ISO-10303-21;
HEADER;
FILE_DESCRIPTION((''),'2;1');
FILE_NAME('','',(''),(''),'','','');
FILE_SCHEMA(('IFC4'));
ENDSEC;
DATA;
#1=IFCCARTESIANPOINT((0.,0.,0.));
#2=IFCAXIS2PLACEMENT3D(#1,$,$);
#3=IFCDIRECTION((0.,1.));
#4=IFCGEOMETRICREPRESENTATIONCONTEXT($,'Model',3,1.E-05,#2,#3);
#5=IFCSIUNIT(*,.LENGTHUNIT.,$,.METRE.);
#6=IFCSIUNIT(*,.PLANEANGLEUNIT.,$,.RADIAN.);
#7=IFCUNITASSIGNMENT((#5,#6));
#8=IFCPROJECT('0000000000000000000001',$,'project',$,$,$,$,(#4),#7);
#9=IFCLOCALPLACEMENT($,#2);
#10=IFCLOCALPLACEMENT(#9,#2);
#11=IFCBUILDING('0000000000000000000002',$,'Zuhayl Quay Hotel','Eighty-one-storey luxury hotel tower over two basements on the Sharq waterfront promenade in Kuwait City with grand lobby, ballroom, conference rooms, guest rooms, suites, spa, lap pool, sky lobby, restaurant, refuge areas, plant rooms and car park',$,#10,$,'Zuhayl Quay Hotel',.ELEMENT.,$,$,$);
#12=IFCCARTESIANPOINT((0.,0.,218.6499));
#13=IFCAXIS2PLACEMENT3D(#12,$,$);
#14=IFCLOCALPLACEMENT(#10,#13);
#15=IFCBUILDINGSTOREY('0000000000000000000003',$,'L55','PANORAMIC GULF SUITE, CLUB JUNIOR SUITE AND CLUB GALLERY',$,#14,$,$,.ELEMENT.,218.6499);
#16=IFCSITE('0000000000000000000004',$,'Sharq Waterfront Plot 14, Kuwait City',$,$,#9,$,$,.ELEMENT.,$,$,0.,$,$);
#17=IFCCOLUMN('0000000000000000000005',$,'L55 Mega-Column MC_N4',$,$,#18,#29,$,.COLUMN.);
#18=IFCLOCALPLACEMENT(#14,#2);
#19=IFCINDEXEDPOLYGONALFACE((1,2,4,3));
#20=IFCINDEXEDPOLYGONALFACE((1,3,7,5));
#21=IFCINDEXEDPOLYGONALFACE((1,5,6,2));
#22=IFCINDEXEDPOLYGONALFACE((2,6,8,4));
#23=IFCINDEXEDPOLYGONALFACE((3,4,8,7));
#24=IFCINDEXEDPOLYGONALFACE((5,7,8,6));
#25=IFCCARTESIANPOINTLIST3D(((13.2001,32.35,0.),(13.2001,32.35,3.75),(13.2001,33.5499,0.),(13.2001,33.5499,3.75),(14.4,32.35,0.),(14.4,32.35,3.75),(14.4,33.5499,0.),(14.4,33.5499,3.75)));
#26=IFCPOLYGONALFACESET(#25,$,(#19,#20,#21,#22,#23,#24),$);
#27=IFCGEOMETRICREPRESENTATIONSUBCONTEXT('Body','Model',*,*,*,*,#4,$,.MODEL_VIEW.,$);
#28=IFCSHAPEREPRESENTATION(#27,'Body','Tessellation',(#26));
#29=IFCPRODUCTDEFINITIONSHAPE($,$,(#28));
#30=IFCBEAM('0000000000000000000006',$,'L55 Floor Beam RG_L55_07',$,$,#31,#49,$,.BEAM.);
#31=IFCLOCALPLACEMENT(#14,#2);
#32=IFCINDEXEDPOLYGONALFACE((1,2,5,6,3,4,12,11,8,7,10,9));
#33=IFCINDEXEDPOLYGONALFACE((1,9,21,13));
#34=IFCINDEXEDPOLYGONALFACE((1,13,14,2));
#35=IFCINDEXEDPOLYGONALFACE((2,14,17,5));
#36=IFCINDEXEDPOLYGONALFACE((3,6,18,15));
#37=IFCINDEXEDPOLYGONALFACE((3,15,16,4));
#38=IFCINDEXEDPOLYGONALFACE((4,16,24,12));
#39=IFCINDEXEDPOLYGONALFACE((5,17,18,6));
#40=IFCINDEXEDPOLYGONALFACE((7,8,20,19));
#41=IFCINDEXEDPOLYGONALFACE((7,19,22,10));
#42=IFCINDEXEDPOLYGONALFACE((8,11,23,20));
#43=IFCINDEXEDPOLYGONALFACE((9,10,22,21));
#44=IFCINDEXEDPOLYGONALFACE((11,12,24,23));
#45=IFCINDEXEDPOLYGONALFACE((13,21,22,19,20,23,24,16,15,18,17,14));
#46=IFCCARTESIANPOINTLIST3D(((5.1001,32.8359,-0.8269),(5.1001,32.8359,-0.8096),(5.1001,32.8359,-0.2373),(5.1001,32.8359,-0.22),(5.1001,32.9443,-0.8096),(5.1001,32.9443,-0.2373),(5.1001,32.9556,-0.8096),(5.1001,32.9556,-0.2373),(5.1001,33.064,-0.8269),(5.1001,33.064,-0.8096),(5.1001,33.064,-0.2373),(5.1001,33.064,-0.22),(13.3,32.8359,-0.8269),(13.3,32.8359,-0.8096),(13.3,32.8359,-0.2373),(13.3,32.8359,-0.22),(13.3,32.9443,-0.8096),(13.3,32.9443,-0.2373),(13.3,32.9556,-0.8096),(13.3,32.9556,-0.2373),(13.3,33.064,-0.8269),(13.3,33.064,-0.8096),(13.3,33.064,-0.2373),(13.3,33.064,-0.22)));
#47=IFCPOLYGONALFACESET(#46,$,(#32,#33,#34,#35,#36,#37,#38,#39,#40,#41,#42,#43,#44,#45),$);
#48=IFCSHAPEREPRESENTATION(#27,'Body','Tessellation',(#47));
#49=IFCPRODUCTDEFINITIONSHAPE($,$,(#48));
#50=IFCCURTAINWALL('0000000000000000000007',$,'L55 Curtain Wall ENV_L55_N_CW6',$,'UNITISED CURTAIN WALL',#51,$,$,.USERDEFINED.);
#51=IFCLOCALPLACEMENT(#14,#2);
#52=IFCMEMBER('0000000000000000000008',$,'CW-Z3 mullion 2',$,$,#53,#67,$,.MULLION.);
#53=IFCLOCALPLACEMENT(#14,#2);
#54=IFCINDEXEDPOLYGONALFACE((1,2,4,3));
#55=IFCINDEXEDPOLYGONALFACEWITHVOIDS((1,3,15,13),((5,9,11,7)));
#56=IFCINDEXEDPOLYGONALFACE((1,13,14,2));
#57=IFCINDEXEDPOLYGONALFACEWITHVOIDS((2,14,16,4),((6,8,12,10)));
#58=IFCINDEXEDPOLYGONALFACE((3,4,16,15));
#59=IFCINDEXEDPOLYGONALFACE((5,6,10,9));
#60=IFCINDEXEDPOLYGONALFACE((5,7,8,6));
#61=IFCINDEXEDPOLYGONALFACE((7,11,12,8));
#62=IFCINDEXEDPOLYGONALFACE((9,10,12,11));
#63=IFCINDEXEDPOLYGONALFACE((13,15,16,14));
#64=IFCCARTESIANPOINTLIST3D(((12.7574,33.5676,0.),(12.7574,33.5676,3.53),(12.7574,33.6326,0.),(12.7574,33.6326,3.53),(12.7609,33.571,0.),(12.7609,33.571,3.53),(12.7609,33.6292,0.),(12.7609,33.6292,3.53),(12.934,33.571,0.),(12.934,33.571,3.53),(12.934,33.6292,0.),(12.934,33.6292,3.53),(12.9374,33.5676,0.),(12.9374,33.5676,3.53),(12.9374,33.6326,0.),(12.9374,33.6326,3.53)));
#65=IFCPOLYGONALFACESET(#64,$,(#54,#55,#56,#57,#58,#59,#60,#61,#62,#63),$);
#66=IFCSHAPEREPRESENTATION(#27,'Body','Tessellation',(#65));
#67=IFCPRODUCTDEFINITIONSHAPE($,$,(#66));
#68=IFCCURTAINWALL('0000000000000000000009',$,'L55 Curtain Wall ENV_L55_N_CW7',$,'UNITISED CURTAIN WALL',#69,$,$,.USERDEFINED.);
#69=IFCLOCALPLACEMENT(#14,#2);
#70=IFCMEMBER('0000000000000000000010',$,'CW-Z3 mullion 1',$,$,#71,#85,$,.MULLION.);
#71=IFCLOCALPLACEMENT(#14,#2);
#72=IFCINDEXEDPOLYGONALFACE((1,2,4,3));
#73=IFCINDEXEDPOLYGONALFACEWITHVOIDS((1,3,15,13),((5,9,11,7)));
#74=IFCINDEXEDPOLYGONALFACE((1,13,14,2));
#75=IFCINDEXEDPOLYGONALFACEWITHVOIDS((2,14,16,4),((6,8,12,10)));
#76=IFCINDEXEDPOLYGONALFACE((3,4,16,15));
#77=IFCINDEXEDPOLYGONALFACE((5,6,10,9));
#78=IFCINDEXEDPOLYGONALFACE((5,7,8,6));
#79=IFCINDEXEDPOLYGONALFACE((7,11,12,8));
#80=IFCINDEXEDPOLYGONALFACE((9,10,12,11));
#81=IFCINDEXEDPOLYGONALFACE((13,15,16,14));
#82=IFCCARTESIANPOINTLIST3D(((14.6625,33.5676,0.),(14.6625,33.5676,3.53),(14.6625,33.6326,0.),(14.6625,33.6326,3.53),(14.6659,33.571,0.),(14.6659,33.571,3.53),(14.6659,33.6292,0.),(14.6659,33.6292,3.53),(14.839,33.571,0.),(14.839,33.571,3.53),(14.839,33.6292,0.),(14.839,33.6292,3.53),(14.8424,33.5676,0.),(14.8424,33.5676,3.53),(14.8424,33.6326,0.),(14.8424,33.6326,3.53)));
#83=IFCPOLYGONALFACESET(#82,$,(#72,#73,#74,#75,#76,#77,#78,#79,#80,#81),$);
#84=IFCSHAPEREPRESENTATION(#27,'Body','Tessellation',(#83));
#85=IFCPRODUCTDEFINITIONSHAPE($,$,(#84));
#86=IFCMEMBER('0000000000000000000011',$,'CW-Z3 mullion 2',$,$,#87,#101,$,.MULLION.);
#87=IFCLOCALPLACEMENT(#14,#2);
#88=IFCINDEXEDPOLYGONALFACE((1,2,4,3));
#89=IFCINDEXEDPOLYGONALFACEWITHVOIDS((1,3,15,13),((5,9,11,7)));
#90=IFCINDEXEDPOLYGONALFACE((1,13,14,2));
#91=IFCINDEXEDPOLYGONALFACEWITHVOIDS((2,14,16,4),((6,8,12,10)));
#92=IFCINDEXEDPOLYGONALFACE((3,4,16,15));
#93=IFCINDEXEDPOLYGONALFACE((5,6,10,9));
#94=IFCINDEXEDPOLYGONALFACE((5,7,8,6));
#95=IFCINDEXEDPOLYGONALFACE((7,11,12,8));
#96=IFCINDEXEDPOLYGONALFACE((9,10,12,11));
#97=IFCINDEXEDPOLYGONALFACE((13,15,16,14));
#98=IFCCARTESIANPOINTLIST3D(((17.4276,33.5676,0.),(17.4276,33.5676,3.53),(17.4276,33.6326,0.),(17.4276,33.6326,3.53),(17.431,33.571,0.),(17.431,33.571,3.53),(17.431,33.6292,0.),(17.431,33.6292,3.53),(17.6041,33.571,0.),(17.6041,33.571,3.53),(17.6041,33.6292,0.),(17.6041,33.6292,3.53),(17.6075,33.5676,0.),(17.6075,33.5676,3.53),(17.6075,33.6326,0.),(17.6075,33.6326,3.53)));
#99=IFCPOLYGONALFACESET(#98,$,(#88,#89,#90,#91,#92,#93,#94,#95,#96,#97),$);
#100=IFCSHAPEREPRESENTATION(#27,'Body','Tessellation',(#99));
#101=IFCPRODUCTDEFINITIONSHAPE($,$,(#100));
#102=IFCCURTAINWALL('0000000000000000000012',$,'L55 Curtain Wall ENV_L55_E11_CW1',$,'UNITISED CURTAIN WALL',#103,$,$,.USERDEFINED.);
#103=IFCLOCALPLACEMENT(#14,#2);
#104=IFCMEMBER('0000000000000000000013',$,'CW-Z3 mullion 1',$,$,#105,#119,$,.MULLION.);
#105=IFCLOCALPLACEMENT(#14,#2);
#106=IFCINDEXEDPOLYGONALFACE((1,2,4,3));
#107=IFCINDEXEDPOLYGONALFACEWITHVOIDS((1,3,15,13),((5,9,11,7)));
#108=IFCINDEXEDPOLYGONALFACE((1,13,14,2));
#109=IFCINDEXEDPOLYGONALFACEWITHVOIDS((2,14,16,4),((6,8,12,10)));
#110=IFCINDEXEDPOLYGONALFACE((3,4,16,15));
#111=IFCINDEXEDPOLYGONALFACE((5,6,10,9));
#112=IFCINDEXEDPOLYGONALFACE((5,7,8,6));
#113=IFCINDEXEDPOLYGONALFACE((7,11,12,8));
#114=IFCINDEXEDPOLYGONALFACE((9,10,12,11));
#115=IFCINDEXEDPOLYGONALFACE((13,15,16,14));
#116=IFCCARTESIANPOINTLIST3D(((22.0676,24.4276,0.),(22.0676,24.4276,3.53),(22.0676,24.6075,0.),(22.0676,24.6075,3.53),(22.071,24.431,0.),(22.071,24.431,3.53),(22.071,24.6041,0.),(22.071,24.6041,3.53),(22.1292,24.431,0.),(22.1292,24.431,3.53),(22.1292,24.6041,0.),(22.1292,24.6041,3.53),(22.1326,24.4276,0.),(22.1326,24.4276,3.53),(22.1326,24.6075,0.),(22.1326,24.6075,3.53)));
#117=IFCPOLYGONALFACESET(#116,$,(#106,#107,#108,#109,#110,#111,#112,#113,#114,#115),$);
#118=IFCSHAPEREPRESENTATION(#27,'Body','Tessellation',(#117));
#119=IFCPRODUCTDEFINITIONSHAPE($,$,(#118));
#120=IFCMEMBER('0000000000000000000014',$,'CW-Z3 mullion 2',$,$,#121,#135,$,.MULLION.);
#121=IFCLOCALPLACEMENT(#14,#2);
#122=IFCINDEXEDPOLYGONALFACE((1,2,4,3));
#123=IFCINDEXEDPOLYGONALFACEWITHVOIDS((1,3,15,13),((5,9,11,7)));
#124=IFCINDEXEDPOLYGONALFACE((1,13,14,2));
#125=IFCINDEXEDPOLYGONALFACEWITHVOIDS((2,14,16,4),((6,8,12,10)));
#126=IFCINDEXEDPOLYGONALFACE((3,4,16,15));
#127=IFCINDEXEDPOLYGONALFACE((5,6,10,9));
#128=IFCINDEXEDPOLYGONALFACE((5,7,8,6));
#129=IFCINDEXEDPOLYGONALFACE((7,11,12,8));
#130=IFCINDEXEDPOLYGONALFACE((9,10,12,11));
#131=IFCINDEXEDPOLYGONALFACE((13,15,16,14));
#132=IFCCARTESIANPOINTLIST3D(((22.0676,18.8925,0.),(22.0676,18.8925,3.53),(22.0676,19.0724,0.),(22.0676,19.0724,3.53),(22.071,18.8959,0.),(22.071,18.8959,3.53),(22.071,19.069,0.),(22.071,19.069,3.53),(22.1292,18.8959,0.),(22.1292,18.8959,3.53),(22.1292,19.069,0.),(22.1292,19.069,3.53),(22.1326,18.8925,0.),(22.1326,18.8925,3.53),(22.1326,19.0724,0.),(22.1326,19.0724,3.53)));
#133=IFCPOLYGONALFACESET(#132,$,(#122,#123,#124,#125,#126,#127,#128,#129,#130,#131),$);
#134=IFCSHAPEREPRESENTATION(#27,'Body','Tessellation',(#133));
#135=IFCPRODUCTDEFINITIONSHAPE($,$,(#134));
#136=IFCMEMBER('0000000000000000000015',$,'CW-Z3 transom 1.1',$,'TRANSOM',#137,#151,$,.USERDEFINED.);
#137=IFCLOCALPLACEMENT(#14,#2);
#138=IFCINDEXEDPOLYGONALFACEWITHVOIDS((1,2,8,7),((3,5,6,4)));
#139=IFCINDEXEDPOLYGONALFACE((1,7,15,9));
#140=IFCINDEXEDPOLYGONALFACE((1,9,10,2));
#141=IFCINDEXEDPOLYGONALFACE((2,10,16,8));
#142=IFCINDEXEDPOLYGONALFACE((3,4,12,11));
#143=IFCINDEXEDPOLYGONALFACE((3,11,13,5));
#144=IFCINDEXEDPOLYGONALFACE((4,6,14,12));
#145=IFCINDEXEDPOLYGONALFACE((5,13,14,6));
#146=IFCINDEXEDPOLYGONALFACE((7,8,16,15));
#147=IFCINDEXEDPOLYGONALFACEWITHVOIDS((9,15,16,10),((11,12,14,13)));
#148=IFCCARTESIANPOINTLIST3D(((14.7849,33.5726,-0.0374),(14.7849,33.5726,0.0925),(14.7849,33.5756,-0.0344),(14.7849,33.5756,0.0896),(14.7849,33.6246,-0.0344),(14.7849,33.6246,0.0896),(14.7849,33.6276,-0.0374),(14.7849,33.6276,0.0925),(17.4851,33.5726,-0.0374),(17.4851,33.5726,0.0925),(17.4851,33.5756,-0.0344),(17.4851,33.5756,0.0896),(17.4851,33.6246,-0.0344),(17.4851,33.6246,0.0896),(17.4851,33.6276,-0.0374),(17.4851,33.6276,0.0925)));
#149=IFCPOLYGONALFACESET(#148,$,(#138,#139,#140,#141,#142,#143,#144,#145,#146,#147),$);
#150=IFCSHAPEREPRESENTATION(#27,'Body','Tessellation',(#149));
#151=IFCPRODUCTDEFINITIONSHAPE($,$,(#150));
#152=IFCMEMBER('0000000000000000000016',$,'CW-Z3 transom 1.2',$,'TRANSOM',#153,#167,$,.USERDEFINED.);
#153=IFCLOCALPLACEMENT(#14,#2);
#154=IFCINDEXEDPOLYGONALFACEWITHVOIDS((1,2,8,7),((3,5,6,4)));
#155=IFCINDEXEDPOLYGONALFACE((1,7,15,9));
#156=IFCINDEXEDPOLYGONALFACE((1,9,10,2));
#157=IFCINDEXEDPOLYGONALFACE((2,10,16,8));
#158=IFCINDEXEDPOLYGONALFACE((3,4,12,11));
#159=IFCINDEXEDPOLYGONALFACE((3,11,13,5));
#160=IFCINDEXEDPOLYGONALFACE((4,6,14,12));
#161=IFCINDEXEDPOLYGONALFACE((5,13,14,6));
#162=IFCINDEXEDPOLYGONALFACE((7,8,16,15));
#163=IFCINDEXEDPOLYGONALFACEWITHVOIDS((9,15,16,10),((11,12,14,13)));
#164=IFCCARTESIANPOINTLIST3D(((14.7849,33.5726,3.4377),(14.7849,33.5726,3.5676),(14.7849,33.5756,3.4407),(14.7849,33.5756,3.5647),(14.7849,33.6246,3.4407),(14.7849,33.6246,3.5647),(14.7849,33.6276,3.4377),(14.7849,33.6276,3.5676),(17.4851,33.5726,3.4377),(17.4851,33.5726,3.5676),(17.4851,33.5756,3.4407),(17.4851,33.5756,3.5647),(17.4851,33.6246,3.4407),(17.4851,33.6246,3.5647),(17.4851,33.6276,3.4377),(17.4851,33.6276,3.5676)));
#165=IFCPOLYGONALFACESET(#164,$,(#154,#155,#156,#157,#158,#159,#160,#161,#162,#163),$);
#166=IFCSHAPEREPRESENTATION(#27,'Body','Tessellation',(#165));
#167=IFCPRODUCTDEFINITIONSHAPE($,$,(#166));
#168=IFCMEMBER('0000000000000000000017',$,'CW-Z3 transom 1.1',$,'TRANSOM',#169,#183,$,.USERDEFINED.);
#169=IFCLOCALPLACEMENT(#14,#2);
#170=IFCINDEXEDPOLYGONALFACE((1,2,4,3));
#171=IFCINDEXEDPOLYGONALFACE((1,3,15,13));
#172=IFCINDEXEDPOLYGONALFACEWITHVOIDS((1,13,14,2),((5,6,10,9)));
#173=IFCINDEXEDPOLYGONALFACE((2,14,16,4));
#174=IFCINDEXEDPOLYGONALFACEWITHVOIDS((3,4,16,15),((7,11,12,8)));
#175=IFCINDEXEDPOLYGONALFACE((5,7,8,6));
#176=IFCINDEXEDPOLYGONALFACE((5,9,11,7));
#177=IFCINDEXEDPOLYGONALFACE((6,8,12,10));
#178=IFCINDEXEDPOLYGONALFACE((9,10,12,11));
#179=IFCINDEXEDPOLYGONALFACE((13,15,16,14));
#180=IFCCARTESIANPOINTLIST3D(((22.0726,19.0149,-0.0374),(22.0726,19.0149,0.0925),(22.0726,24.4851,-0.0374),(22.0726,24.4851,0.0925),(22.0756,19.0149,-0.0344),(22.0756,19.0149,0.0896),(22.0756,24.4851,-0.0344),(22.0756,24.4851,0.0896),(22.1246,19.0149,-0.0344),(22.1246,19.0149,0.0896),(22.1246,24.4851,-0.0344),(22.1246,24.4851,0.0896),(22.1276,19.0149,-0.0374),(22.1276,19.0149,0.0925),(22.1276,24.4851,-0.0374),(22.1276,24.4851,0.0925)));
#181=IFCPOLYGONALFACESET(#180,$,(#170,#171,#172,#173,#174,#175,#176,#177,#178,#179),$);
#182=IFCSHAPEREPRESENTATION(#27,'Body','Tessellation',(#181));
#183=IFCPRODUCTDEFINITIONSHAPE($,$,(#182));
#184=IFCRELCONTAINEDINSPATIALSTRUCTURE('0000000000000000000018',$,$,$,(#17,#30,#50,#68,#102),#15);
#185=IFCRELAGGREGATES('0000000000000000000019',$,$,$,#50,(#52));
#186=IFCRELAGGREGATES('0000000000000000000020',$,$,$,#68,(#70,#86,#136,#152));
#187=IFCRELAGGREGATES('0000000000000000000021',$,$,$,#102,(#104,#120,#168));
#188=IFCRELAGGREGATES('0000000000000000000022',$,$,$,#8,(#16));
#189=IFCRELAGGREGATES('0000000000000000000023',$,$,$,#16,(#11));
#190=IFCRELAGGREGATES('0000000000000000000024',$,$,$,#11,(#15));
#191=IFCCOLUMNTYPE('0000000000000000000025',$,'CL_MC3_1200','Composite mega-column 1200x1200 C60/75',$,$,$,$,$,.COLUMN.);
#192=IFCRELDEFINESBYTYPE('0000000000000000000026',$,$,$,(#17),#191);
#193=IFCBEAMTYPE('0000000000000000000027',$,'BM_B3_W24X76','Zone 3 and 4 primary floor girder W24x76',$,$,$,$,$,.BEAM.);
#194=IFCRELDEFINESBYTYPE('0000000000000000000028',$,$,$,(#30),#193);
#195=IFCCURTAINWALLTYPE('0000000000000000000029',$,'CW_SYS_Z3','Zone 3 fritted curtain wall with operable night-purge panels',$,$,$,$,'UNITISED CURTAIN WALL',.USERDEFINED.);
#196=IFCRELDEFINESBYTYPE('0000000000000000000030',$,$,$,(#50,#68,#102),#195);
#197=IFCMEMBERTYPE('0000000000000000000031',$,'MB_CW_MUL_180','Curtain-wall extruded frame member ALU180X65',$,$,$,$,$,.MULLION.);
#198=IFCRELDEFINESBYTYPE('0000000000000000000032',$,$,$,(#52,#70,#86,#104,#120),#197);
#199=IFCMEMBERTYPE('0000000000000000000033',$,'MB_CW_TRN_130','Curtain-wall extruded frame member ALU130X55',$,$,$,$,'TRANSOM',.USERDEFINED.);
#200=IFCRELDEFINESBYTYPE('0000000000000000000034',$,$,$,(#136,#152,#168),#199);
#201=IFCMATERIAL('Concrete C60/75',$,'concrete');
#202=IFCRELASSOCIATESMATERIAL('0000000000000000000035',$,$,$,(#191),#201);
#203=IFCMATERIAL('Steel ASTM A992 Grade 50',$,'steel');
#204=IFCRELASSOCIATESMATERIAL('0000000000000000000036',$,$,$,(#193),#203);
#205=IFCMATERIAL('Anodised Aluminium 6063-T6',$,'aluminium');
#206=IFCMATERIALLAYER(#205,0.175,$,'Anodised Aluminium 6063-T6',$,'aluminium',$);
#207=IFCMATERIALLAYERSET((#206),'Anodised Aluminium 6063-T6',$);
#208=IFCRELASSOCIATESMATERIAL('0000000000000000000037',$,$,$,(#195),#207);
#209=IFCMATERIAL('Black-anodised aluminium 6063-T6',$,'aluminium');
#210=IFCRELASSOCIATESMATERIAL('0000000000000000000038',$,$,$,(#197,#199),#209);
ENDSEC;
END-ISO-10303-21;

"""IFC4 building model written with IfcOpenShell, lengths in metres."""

from ifc_helpers import new_model, si_unit, direction, frame, origin, origin_2d, place, context, subcontext, project, spatial, rectangle, hollow_rectangle, i_section, extrude, material, layer, layer_set, material_profile, profile_set, type_object, element, aggregate, save


model = new_model("IFC4")

# Units and contexts
model_context = context("Model", 3, precision=1e-05, world=origin(), true_north=direction((0.0, 1.0)))
body_context = subcontext(model_context, "Body", "Model", "MODEL_VIEW")
ifc_project = project(units=[si_unit("LENGTHUNIT", "METRE"), si_unit("PLANEANGLEUNIT", "RADIAN")], contexts=[model_context])

# Site, building, storey
site_placement = place(None, origin())
site = spatial("IfcSite", under=ifc_project, at=site_placement, Name="Sharq Waterfront Plot 14, Kuwait City", CompositionType="ELEMENT", RefElevation=0.0)
building_placement = place(site_placement, origin())
building = spatial("IfcBuilding", under=site, at=building_placement, Name="Zuhayl Quay Hotel", Description="Eighty-one-storey luxury hotel tower over two basements on the Sharq waterfront promenade in Kuwait City with grand lobby, ballroom, conference rooms, guest rooms, suites, spa, lap pool, sky lobby, restaurant, refuge areas, plant rooms and car park", LongName="Zuhayl Quay Hotel", CompositionType="ELEMENT")
storey_placement = place(building_placement, frame((0.0, 0.0, 218.6499)))
storey = spatial("IfcBuildingStorey", under=building, at=storey_placement, Name="L55", Description="PANORAMIC GULF SUITE, CLUB JUNIOR SUITE AND CLUB GALLERY", CompositionType="ELEMENT", Elevation=218.6499)

# Column
ifc_material_1 = material(Name="Concrete C60/75", Category="concrete")
ifc_material_profile_1 = material_profile(ifc_material_1, rectangle(XDim=1.2, YDim=1.2, at=origin_2d()), Name="RC1200X1200")
ifc_profile_set_1 = profile_set([ifc_material_profile_1], Name="Concrete C60/75")
column_type = type_object("IfcColumnType", Name="CL_MC3_1200", Description="Composite mega-column 1200x1200 C60/75", PredefinedType="COLUMN", material=ifc_profile_set_1)
column_placement = place(storey_placement, frame((13.8, 32.95, 0.0), z_axis=(0.0, 0.0, 1.0), x_axis=(1.0, 0.0, 0.0)))
element("IfcColumn", 1, at=column_placement, inside=storey, type_object=column_type, Name="L55 Mega-Column MC_N4", PredefinedType="COLUMN", context=body_context, shape_type="SweptSolid", body=[
    extrude(rectangle(XDim=1.2, YDim=1.2, at=origin_2d()), origin(), (0.0, 0.0, 1.0), 3.75),
])

# Beam
ifc_material_2 = material(Name="Steel ASTM A992 Grade 50", Category="steel")
ifc_material_profile_2 = material_profile(ifc_material_2, i_section(OverallWidth=0.228, OverallDepth=0.6069, WebThickness=0.0112, FlangeThickness=0.0173, at=origin_2d()), Name="W24X76")
ifc_profile_set_2 = profile_set([ifc_material_profile_2], Name="Steel ASTM A992 Grade 50")
beam_type = type_object("IfcBeamType", Name="BM_B3_W24X76", Description="Zone 3 and 4 primary floor girder W24x76", PredefinedType="BEAM", material=ifc_profile_set_2)
beam_placement = place(storey_placement, frame((13.3, 32.95, -0.5234), z_axis=(-1.0, 0.0, 0.0), x_axis=(0.0, -1.0, 0.0)))
element("IfcBeam", 2, at=beam_placement, inside=storey, type_object=beam_type, Name="L55 Floor Beam RG_L55_07", PredefinedType="BEAM", context=body_context, shape_type="SweptSolid", body=[
    extrude(i_section(OverallWidth=0.228, OverallDepth=0.6069, WebThickness=0.0112, FlangeThickness=0.0173, at=origin_2d()), origin(), (0.0, 0.0, 1.0), 8.2),
])

# Curtain wall, member
ifc_material_3 = material(Name="Anodised Aluminium 6063-T6", Category="aluminium")
ifc_layer_1 = layer(ifc_material_3, 0.175, Name="Anodised Aluminium 6063-T6", Category="aluminium")
ifc_layer_set_1 = layer_set([ifc_layer_1], Name="Anodised Aluminium 6063-T6")
curtain_wall_type = type_object("IfcCurtainWallType", Name="CW_SYS_Z3", Description="Zone 3 fritted curtain wall with operable night-purge panels", ElementType="UNITISED CURTAIN WALL", PredefinedType="USERDEFINED", material=ifc_layer_set_1)
curtain_wall_1_placement = place(storey_placement, origin())
curtain_wall_1 = element("IfcCurtainWall", 3, at=curtain_wall_1_placement, inside=storey, type_object=curtain_wall_type, Name="L55 Curtain Wall ENV_L55_N_CW6", ObjectType="UNITISED CURTAIN WALL", PredefinedType="USERDEFINED")
ifc_material_4 = material(Name="Black-anodised aluminium 6063-T6", Category="aluminium")
ifc_material_profile_3 = material_profile(ifc_material_4, hollow_rectangle(XDim=0.0649, YDim=0.1799, WallThickness=0.0034, at=origin_2d()), Name="ALU180X65")
ifc_profile_set_3 = profile_set([ifc_material_profile_3], Name="Black-anodised aluminium 6063-T6")
member_type_1 = type_object("IfcMemberType", Name="MB_CW_MUL_180", Description="Curtain-wall extruded frame member ALU180X65", PredefinedType="MULLION", material=ifc_profile_set_3)
member_1_placement = place(storey_placement, frame((12.8474, 33.6001, 0.0), z_axis=(0.0, 0.0, 1.0), x_axis=(0.0, 1.0, 0.0)))
member_1 = element("IfcMember", 4, at=member_1_placement, type_object=member_type_1, Name="CW-Z3 mullion 2", PredefinedType="MULLION", context=body_context, shape_type="SweptSolid", body=[
    extrude(hollow_rectangle(XDim=0.0649, YDim=0.1799, WallThickness=0.0034, at=origin_2d()), origin(), (0.0, 0.0, 1.0), 3.53),
])

# Curtain walls, members
curtain_wall_2_placement = place(storey_placement, origin())
curtain_wall_2 = element("IfcCurtainWall", 5, at=curtain_wall_2_placement, inside=storey, type_object=curtain_wall_type, Name="L55 Curtain Wall ENV_L55_N_CW7", ObjectType="UNITISED CURTAIN WALL", PredefinedType="USERDEFINED")
member_2_placement = place(storey_placement, frame((14.7524, 33.6001, 0.0), z_axis=(0.0, 0.0, 1.0), x_axis=(0.0, 1.0, 0.0)))
member_2 = element("IfcMember", 6, at=member_2_placement, type_object=member_type_1, Name="CW-Z3 mullion 1", PredefinedType="MULLION", context=body_context, shape_type="SweptSolid", body=[
    extrude(hollow_rectangle(XDim=0.0649, YDim=0.1799, WallThickness=0.0034, at=origin_2d()), origin(), (0.0, 0.0, 1.0), 3.53),
])
member_3_placement = place(storey_placement, frame((17.5176, 33.6001, 0.0), z_axis=(0.0, 0.0, 1.0), x_axis=(0.0, 1.0, 0.0)))
member_3 = element("IfcMember", 7, at=member_3_placement, type_object=member_type_1, Name="CW-Z3 mullion 2", PredefinedType="MULLION", context=body_context, shape_type="SweptSolid", body=[
    extrude(hollow_rectangle(XDim=0.0649, YDim=0.1799, WallThickness=0.0034, at=origin_2d()), origin(), (0.0, 0.0, 1.0), 3.53),
])
curtain_wall_3_placement = place(storey_placement, origin())
curtain_wall_3 = element("IfcCurtainWall", 8, at=curtain_wall_3_placement, inside=storey, type_object=curtain_wall_type, Name="L55 Curtain Wall ENV_L55_E11_CW1", ObjectType="UNITISED CURTAIN WALL", PredefinedType="USERDEFINED")
member_4_placement = place(storey_placement, frame((22.1001, 24.5176, 0.0), z_axis=(0.0, 0.0, 1.0), x_axis=(1.0, 0.0, 0.0)))
member_4 = element("IfcMember", 9, at=member_4_placement, type_object=member_type_1, Name="CW-Z3 mullion 1", PredefinedType="MULLION", context=body_context, shape_type="SweptSolid", body=[
    extrude(hollow_rectangle(XDim=0.0649, YDim=0.1799, WallThickness=0.0034, at=origin_2d()), origin(), (0.0, 0.0, 1.0), 3.53),
])
member_5_placement = place(storey_placement, frame((22.1001, 18.9824, 0.0), z_axis=(0.0, 0.0, 1.0), x_axis=(1.0, 0.0, 0.0)))
member_5 = element("IfcMember", 10, at=member_5_placement, type_object=member_type_1, Name="CW-Z3 mullion 2", PredefinedType="MULLION", context=body_context, shape_type="SweptSolid", body=[
    extrude(hollow_rectangle(XDim=0.0649, YDim=0.1799, WallThickness=0.0034, at=origin_2d()), origin(), (0.0, 0.0, 1.0), 3.53),
])

# Members
ifc_material_profile_4 = material_profile(ifc_material_4, hollow_rectangle(XDim=0.0549, YDim=0.1299, WallThickness=0.0029, at=origin_2d()), Name="ALU130X55")
ifc_profile_set_4 = profile_set([ifc_material_profile_4], Name="Black-anodised aluminium 6063-T6")
member_type_2 = type_object("IfcMemberType", Name="MB_CW_TRN_130", Description="Curtain-wall extruded frame member ALU130X55", ElementType="TRANSOM", PredefinedType="USERDEFINED", material=ifc_profile_set_4)
member_6_placement = place(storey_placement, frame((14.7849, 33.6001, 0.0276), z_axis=(1.0, 0.0, 0.0), x_axis=(0.0, 1.0, 0.0)))
member_6 = element("IfcMember", 11, at=member_6_placement, type_object=member_type_2, Name="CW-Z3 transom 1.1", ObjectType="TRANSOM", PredefinedType="USERDEFINED", context=body_context, shape_type="SweptSolid", body=[
    extrude(hollow_rectangle(XDim=0.0549, YDim=0.1299, WallThickness=0.0029, at=origin_2d()), origin(), (0.0, 0.0, 1.0), 2.7002),
])
member_7_placement = place(storey_placement, frame((14.7849, 33.6001, 3.5027), z_axis=(1.0, 0.0, 0.0), x_axis=(0.0, 1.0, 0.0)))
member_7 = element("IfcMember", 12, at=member_7_placement, type_object=member_type_2, Name="CW-Z3 transom 1.2", ObjectType="TRANSOM", PredefinedType="USERDEFINED", context=body_context, shape_type="SweptSolid", body=[
    extrude(hollow_rectangle(XDim=0.0549, YDim=0.1299, WallThickness=0.0029, at=origin_2d()), origin(), (0.0, 0.0, 1.0), 2.7002),
])
member_8_placement = place(storey_placement, frame((22.1001, 24.4851, 0.0276), z_axis=(0.0, -1.0, 0.0), x_axis=(1.0, 0.0, 0.0)))
member_8 = element("IfcMember", 13, at=member_8_placement, type_object=member_type_2, Name="CW-Z3 transom 1.1", ObjectType="TRANSOM", PredefinedType="USERDEFINED", context=body_context, shape_type="SweptSolid", body=[
    extrude(hollow_rectangle(XDim=0.0549, YDim=0.1299, WallThickness=0.0029, at=origin_2d()), origin(), (0.0, 0.0, 1.0), 5.4702),
])

aggregate(curtain_wall_1, [member_1])
aggregate(curtain_wall_2, [member_2, member_3, member_6, member_7])
aggregate(curtain_wall_3, [member_4, member_5, member_8])

save(model, "model.ifc")
